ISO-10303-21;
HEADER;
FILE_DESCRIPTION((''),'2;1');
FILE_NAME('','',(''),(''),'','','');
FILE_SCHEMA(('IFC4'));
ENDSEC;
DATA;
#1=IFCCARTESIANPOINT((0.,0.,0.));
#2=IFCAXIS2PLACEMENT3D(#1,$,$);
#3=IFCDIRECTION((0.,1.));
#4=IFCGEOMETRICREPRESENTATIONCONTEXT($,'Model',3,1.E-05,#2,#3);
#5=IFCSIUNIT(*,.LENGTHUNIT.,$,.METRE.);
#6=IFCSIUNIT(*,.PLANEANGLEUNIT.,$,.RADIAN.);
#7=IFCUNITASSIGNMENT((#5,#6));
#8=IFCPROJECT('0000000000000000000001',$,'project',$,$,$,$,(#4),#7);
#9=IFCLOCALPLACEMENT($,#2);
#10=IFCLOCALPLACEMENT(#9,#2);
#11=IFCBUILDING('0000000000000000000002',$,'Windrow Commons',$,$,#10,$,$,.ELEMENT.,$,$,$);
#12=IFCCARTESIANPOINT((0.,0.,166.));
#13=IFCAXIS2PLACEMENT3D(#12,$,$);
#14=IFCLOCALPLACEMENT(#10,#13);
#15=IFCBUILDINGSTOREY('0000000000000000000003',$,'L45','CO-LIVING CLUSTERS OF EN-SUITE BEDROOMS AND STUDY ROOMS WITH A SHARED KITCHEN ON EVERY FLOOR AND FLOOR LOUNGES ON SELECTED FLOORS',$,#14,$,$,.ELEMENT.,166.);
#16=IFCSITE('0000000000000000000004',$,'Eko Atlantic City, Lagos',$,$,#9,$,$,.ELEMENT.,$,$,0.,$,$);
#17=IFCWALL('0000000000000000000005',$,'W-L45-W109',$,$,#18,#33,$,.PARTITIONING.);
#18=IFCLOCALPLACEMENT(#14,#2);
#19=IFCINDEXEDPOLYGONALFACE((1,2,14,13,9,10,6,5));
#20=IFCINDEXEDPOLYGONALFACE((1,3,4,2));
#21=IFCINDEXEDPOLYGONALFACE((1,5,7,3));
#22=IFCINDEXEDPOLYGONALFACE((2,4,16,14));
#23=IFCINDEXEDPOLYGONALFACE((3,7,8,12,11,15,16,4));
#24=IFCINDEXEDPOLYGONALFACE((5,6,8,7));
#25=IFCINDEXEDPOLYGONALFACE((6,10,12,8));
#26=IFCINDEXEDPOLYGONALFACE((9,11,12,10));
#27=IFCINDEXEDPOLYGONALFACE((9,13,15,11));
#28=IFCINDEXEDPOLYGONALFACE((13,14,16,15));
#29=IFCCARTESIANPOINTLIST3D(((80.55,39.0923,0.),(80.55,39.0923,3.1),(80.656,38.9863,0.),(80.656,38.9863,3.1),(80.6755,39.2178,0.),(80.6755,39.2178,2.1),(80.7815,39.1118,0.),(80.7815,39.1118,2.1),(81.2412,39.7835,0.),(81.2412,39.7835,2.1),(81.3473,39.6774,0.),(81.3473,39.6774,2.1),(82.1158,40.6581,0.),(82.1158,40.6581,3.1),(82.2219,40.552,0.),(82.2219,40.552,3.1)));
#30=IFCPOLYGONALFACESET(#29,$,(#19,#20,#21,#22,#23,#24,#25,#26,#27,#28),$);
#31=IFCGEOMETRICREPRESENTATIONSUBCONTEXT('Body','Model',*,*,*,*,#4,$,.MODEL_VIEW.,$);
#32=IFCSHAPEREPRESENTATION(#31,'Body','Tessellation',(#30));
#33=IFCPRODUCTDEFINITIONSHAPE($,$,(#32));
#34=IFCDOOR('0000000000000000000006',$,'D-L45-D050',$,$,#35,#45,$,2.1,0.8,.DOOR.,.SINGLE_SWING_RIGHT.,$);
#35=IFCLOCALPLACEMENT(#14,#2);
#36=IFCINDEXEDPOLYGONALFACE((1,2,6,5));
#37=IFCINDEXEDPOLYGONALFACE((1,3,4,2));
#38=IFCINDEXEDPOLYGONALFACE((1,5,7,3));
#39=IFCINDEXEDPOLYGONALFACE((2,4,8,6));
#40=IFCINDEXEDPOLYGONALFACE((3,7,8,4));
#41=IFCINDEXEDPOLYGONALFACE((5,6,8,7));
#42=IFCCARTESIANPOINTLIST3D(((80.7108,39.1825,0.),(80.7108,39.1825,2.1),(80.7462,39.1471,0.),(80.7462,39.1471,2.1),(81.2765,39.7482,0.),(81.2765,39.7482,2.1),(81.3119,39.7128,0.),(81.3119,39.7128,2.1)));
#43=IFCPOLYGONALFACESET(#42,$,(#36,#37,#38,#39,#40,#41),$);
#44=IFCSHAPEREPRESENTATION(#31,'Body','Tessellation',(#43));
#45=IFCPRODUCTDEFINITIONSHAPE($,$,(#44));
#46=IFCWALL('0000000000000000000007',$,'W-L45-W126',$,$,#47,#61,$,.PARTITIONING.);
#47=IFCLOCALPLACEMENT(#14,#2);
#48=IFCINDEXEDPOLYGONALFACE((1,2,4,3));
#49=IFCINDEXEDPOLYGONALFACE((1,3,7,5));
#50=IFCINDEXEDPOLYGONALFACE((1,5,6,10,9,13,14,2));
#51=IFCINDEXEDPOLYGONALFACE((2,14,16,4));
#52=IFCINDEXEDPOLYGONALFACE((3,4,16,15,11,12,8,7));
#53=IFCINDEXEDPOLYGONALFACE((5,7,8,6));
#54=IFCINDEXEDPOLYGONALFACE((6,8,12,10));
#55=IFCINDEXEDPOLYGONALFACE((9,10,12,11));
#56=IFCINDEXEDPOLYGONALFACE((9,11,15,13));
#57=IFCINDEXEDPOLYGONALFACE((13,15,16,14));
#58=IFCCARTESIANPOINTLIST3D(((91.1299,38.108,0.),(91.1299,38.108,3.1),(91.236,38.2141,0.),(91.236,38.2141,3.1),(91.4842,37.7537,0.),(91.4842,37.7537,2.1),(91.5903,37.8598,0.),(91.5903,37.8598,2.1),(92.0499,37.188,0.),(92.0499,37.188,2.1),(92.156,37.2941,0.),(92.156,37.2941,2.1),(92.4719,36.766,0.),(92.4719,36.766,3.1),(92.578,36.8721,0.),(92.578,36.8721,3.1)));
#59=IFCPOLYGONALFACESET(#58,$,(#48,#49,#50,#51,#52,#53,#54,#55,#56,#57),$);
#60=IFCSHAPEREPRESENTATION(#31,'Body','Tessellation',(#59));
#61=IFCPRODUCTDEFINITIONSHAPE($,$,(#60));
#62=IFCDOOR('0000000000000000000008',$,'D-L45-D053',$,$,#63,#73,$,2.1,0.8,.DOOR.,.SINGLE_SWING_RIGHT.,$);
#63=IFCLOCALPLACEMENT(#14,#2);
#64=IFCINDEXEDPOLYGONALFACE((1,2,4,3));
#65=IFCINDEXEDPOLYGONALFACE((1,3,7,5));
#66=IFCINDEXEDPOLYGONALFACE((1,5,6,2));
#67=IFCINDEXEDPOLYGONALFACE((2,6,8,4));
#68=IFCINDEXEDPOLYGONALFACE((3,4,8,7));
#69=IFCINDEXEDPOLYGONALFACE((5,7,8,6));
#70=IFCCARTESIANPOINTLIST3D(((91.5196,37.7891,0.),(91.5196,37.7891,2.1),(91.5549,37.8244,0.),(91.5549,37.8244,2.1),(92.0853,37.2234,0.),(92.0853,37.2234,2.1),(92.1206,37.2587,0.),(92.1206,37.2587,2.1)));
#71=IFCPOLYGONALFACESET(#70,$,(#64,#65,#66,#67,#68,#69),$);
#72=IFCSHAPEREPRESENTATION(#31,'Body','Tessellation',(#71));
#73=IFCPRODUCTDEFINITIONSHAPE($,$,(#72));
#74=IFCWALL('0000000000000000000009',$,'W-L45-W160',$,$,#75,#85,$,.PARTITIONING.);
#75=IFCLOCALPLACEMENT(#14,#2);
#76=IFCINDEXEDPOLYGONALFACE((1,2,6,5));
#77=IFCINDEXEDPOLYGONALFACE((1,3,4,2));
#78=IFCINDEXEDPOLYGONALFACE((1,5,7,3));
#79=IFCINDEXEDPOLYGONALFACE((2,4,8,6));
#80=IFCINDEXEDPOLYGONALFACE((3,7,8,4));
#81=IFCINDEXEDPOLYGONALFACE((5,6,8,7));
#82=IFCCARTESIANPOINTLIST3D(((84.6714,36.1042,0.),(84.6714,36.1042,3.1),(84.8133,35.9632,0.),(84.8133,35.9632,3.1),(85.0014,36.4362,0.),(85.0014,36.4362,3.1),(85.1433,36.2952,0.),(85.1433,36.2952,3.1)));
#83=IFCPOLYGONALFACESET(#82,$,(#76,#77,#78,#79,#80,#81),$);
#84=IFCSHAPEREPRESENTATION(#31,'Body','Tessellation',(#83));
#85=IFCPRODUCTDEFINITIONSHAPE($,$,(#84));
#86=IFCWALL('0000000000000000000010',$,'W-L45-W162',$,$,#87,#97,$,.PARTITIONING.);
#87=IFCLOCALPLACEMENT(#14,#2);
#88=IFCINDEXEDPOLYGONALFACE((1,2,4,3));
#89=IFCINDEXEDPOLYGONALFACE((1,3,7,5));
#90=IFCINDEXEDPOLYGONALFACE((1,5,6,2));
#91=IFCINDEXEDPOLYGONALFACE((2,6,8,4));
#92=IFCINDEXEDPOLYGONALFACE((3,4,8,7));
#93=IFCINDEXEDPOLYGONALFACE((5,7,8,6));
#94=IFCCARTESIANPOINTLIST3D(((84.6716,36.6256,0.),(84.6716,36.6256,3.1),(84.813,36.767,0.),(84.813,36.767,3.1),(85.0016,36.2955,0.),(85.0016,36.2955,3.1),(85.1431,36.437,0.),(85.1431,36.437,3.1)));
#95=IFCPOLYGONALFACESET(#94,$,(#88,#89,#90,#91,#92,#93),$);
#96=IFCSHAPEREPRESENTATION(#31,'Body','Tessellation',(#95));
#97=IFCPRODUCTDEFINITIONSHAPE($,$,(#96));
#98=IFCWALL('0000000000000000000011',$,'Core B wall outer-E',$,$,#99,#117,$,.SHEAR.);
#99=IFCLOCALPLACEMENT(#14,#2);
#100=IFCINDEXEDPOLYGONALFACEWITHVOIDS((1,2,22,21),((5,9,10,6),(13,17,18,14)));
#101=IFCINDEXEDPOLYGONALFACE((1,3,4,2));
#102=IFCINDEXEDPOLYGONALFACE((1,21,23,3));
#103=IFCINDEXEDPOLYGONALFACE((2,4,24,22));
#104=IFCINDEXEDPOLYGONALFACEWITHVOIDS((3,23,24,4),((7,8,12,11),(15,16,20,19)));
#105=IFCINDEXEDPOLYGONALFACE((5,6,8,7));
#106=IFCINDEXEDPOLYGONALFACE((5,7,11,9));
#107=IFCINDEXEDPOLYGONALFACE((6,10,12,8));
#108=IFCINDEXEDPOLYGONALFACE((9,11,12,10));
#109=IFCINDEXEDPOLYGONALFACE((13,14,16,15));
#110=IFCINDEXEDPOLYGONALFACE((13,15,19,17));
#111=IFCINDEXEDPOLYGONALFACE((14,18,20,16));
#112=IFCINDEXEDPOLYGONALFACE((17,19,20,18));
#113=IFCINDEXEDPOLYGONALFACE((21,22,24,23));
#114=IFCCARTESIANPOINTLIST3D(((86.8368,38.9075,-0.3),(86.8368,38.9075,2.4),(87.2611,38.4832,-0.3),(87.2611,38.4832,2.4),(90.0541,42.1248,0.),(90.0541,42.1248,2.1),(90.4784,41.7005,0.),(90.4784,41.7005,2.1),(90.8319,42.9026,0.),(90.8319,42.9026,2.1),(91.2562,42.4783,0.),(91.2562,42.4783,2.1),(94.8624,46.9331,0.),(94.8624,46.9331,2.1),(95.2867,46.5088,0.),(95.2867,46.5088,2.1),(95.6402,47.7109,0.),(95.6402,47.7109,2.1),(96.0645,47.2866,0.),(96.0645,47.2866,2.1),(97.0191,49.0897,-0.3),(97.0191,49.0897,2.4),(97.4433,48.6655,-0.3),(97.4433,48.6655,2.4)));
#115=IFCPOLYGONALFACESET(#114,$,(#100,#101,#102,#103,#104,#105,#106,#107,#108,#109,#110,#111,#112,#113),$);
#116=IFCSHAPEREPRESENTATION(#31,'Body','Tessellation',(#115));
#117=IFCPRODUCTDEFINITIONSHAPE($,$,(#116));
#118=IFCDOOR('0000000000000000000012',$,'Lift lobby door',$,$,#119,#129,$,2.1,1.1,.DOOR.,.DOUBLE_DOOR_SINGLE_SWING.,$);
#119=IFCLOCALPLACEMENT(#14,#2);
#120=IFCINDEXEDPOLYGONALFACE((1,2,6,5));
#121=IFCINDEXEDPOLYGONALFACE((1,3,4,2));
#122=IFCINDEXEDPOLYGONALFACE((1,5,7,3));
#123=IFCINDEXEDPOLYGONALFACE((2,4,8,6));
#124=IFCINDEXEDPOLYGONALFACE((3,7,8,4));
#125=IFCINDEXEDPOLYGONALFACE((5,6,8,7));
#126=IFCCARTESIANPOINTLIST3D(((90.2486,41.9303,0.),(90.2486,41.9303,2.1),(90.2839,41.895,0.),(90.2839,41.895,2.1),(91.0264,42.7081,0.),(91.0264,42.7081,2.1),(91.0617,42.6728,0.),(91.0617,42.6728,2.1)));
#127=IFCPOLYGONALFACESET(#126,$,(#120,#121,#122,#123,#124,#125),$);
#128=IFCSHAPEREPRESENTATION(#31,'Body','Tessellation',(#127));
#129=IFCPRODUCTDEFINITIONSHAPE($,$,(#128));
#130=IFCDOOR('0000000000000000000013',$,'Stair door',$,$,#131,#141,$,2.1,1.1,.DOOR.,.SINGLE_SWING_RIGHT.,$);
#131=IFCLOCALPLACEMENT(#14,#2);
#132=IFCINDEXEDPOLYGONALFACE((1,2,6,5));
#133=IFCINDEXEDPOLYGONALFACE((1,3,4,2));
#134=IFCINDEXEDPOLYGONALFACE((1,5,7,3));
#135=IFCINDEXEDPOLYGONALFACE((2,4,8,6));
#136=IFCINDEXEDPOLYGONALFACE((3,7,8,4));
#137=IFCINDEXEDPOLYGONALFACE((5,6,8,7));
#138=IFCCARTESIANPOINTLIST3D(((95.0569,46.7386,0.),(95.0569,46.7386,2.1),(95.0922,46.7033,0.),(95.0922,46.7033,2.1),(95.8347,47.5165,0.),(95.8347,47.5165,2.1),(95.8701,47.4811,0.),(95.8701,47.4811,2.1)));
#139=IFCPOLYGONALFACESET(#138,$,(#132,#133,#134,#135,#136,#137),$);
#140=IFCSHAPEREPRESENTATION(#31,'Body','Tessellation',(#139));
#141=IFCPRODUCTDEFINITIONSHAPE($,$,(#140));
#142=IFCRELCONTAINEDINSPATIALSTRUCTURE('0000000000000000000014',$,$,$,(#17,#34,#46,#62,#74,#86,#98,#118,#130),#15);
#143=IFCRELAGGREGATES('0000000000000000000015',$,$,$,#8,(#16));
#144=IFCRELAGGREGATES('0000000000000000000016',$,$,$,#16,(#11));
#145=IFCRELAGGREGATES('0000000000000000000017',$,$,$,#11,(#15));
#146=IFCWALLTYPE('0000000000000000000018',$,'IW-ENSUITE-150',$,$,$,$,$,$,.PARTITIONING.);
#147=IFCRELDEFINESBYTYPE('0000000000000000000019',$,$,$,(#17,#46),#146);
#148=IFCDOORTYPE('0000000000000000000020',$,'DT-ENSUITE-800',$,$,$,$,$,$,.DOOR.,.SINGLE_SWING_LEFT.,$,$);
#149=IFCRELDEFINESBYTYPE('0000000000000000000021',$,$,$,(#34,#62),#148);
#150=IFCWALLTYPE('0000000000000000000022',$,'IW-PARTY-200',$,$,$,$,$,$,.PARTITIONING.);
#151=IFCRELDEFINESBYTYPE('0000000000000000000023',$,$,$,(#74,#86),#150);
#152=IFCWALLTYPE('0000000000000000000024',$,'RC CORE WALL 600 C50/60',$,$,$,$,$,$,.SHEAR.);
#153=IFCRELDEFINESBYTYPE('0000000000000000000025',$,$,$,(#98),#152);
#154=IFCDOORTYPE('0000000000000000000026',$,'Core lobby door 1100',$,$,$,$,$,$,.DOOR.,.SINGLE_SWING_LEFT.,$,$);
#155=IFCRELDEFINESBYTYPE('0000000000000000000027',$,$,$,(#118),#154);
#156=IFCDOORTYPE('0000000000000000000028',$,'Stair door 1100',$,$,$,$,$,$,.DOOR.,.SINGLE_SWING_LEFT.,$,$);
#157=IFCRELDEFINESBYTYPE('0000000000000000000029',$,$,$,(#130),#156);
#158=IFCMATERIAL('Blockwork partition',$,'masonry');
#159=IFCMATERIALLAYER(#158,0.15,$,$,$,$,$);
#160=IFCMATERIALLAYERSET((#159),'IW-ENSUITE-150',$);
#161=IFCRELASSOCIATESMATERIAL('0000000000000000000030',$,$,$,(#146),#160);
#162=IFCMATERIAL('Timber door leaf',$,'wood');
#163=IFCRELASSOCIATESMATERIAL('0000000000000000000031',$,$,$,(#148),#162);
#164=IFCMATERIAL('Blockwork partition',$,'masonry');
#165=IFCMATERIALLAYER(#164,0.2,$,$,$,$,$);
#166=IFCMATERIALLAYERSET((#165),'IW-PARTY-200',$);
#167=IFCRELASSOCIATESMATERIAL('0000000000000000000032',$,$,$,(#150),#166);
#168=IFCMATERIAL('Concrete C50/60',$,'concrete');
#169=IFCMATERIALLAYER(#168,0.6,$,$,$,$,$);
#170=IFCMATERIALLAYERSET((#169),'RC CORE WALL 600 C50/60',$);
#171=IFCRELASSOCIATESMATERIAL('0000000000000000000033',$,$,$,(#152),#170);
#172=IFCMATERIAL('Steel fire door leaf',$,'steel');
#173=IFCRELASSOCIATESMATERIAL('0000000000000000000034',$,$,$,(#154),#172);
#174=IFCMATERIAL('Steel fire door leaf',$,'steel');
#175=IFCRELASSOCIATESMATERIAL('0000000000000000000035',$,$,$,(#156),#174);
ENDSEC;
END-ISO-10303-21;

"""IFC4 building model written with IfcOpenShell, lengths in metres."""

from ifc_helpers import new_model, si_unit, direction, frame, frame_2d, origin, place, context, subcontext, project, spatial, rectangle, extrude, material, layer, layer_set, type_object, element, fill, save


model = new_model("IFC4")

# Units and contexts
model_context = context("Model", 3, precision=1e-05, world=origin(), true_north=direction((0.0, 1.0)))
body_context = subcontext(model_context, "Body", "Model", "MODEL_VIEW")
ifc_project = project(units=[si_unit("LENGTHUNIT", "METRE"), si_unit("PLANEANGLEUNIT", "RADIAN")], contexts=[model_context])

# Site, building, storey
site_placement = place(None, origin())
site = spatial("IfcSite", under=ifc_project, at=site_placement, Name="Eko Atlantic City, Lagos", CompositionType="ELEMENT", RefElevation=0.0)
building_placement = place(site_placement, origin())
building = spatial("IfcBuilding", under=site, at=building_placement, Name="Windrow Commons", CompositionType="ELEMENT")
storey_placement = place(building_placement, frame((0.0, 0.0, 166.0)))
storey = spatial("IfcBuildingStorey", under=building, at=storey_placement, Name="L45", Description="CO-LIVING CLUSTERS OF EN-SUITE BEDROOMS AND STUDY ROOMS WITH A SHARED KITCHEN ON EVERY FLOOR AND FLOOR LOUNGES ON SELECTED FLOORS", CompositionType="ELEMENT", Elevation=166.0)

# Shared definitions
ifc_material_1 = material(Name="Blockwork partition", Category="masonry")
ifc_layer_1 = layer(ifc_material_1, 0.15)
ifc_layer_set_1 = layer_set([ifc_layer_1], Name="IW-ENSUITE-150")
wall_type_1 = type_object("IfcWallType", Name="IW-ENSUITE-150", PredefinedType="PARTITIONING", material=ifc_layer_set_1)

# Walls, openings, doors
wall_1_placement = place(storey_placement, frame((80.603, 39.0393, 0.0), z_axis=(0.0, 0.0, 1.0), x_axis=(0.707129, 0.707084, 0.0)))
wall_1 = element("IfcWall", 1, at=wall_1_placement, inside=storey, type_object=wall_type_1, Name="W-L45-W109", PredefinedType="PARTITIONING", context=body_context, shape_type="SweptSolid", body=[
    extrude(rectangle(XDim=2.2144, YDim=0.15, at=frame_2d((1.1072, 0.0))), origin(), (0.0, 0.0, 1.0), 3.1),
])
opening_1_placement = place(wall_1_placement, frame((0.1775, 0.0, 0.0)))
opening_1 = element("IfcOpeningElement", 2, at=opening_1_placement, cuts=wall_1, PredefinedType="OPENING", context=body_context, shape_type="SweptSolid", body=[
    extrude(rectangle(XDim=0.8, YDim=2.1, at=frame_2d((0.4, 1.05))), frame((0.0, 0.085, 0.0), z_axis=(0.0, -1.0, 0.0), x_axis=(1.0, 0.0, 0.0)), (0.0, 0.0, 1.0), 0.17),
])
ifc_material_2 = material(Name="Timber door leaf", Category="wood")
door_type_1 = type_object("IfcDoorType", Name="DT-ENSUITE-800", OperationType="SINGLE_SWING_LEFT", PredefinedType="DOOR", material=ifc_material_2)
door_1_placement = place(opening_1_placement, origin())
door_1 = element("IfcDoor", 3, at=door_1_placement, inside=storey, type_object=door_type_1, Name="D-L45-D050", OperationType="SINGLE_SWING_RIGHT", OverallHeight=2.1, OverallWidth=0.8, PredefinedType="DOOR", context=body_context, shape_type="SweptSolid", body=[
    extrude(rectangle(XDim=0.8, YDim=2.1, at=frame_2d((0.4, 1.05))), frame((0.0, 0.025, 0.0), z_axis=(0.0, -1.0, 0.0), x_axis=(1.0, 0.0, 0.0)), (0.0, 0.0, 1.0), 0.05),
])
fill(opening_1, door_1)
wall_2_placement = place(storey_placement, frame((91.183, 38.161, 0.0), z_axis=(0.0, 0.0, 1.0), x_axis=(0.707107, -0.707107, 0.0)))
wall_2 = element("IfcWall", 4, at=wall_2_placement, inside=storey, type_object=wall_type_1, Name="W-L45-W126", PredefinedType="PARTITIONING", context=body_context, shape_type="SweptSolid", body=[
    extrude(rectangle(XDim=1.8979, YDim=0.15, at=frame_2d((0.9489, 0.0))), origin(), (0.0, 0.0, 1.0), 3.1),
])
opening_2_placement = place(wall_2_placement, frame((0.501, 0.0, 0.0)))
opening_2 = element("IfcOpeningElement", 5, at=opening_2_placement, cuts=wall_2, PredefinedType="OPENING", context=body_context, shape_type="SweptSolid", body=[
    extrude(rectangle(XDim=0.8, YDim=2.1, at=frame_2d((0.4, 1.05))), frame((0.0, 0.085, 0.0), z_axis=(0.0, -1.0, 0.0), x_axis=(1.0, 0.0, 0.0)), (0.0, 0.0, 1.0), 0.17),
])
door_2_placement = place(opening_2_placement, origin())
door_2 = element("IfcDoor", 6, at=door_2_placement, inside=storey, type_object=door_type_1, Name="D-L45-D053", OperationType="SINGLE_SWING_RIGHT", OverallHeight=2.1, OverallWidth=0.8, PredefinedType="DOOR", context=body_context, shape_type="SweptSolid", body=[
    extrude(rectangle(XDim=0.8, YDim=2.1, at=frame_2d((0.4, 1.05))), frame((0.0, 0.025, 0.0), z_axis=(0.0, -1.0, 0.0), x_axis=(1.0, 0.0, 0.0)), (0.0, 0.0, 1.0), 0.05),
])
fill(opening_2, door_2)

# Walls
ifc_material_3 = material(Name="Blockwork partition", Category="masonry")
ifc_layer_2 = layer(ifc_material_3, 0.2)
ifc_layer_set_2 = layer_set([ifc_layer_2], Name="IW-PARTY-200")
wall_type_2 = type_object("IfcWallType", Name="IW-PARTY-200", PredefinedType="PARTITIONING", material=ifc_layer_set_2)
wall_3_placement = place(storey_placement, frame((84.7423, 36.0337, 0.0), z_axis=(0.0, 0.0, 1.0), x_axis=(0.704967, 0.70924, 0.0)))
element("IfcWall", 7, at=wall_3_placement, inside=storey, type_object=wall_type_2, Name="W-L45-W160", PredefinedType="PARTITIONING", context=body_context, shape_type="SweptSolid", body=[
    extrude(rectangle(XDim=0.4681, YDim=0.2, at=frame_2d((0.2341, 0.0))), origin(), (0.0, 0.0, 1.0), 3.1),
])
wall_4_placement = place(storey_placement, frame((84.7423, 36.6963, 0.0), z_axis=(0.0, 0.0, 1.0), x_axis=(0.707107, -0.707107, 0.0)))
element("IfcWall", 8, at=wall_4_placement, inside=storey, type_object=wall_type_2, Name="W-L45-W162", PredefinedType="PARTITIONING", context=body_context, shape_type="SweptSolid", body=[
    extrude(rectangle(XDim=0.4667, YDim=0.2, at=frame_2d((0.2334, 0.0))), origin(), (0.0, 0.0, 1.0), 3.1),
])

# Wall, openings, doors
ifc_material_4 = material(Name="Concrete C50/60", Category="concrete")
ifc_layer_3 = layer(ifc_material_4, 0.6)
ifc_layer_set_3 = layer_set([ifc_layer_3], Name="RC CORE WALL 600 C50/60")
wall_type_3 = type_object("IfcWallType", Name="RC CORE WALL 600 C50/60", PredefinedType="SHEAR", material=ifc_layer_set_3)
wall_5_placement = place(storey_placement, frame((87.0489, 38.6953, -0.3), z_axis=(0.0, 0.0, 1.0), x_axis=(0.707107, 0.707107, 0.0)))
wall_5 = element("IfcWall", 9, at=wall_5_placement, inside=storey, type_object=wall_type_3, Name="Core B wall outer-E", PredefinedType="SHEAR", context=body_context, shape_type="SweptSolid", body=[
    extrude(rectangle(XDim=14.3999, YDim=0.6, at=frame_2d((7.2, 0.0))), origin(), (0.0, 0.0, 1.0), 2.7),
])
opening_3_placement = place(wall_5_placement, frame((4.55, 0.0, 0.3)))
opening_3 = element("IfcOpeningElement", 10, at=opening_3_placement, cuts=wall_5, PredefinedType="OPENING", context=body_context, shape_type="SweptSolid", body=[
    extrude(rectangle(XDim=1.1, YDim=2.1, at=frame_2d((0.55, 1.05))), frame((0.0, 0.31, 0.0), z_axis=(0.0, -1.0, 0.0), x_axis=(1.0, 0.0, 0.0)), (0.0, 0.0, 1.0), 0.62),
])
opening_4_placement = place(wall_5_placement, frame((11.35, 0.0, 0.3)))
opening_4 = element("IfcOpeningElement", 11, at=opening_4_placement, cuts=wall_5, PredefinedType="OPENING", context=body_context, shape_type="SweptSolid", body=[
    extrude(rectangle(XDim=1.1, YDim=2.1, at=frame_2d((0.55, 1.05))), frame((0.0, 0.31, 0.0), z_axis=(0.0, -1.0, 0.0), x_axis=(1.0, 0.0, 0.0)), (0.0, 0.0, 1.0), 0.62),
])
ifc_material_5 = material(Name="Steel fire door leaf", Category="steel")
door_type_2 = type_object("IfcDoorType", Name="Core lobby door 1100", OperationType="SINGLE_SWING_LEFT", PredefinedType="DOOR", material=ifc_material_5)
door_3_placement = place(opening_3_placement, origin())
door_3 = element("IfcDoor", 12, at=door_3_placement, inside=storey, type_object=door_type_2, Name="Lift lobby door", OperationType="DOUBLE_DOOR_SINGLE_SWING", OverallHeight=2.1, OverallWidth=1.1, PredefinedType="DOOR", context=body_context, shape_type="SweptSolid", body=[
    extrude(rectangle(XDim=1.1, YDim=2.1, at=frame_2d((0.55, 1.05))), frame((0.0, 0.025, 0.0), z_axis=(0.0, -1.0, 0.0), x_axis=(1.0, 0.0, 0.0)), (0.0, 0.0, 1.0), 0.05),
])
fill(opening_3, door_3)
ifc_material_6 = material(Name="Steel fire door leaf", Category="steel")
door_type_3 = type_object("IfcDoorType", Name="Stair door 1100", OperationType="SINGLE_SWING_LEFT", PredefinedType="DOOR", material=ifc_material_6)
door_4_placement = place(opening_4_placement, origin())
door_4 = element("IfcDoor", 13, at=door_4_placement, inside=storey, type_object=door_type_3, Name="Stair door", OperationType="SINGLE_SWING_RIGHT", OverallHeight=2.1, OverallWidth=1.1, PredefinedType="DOOR", context=body_context, shape_type="SweptSolid", body=[
    extrude(rectangle(XDim=1.1, YDim=2.1, at=frame_2d((0.55, 1.05))), frame((0.0, 0.025, 0.0), z_axis=(0.0, -1.0, 0.0), x_axis=(1.0, 0.0, 0.0)), (0.0, 0.0, 1.0), 0.05),
])
fill(opening_4, door_4)

save(model, "model.ifc")
